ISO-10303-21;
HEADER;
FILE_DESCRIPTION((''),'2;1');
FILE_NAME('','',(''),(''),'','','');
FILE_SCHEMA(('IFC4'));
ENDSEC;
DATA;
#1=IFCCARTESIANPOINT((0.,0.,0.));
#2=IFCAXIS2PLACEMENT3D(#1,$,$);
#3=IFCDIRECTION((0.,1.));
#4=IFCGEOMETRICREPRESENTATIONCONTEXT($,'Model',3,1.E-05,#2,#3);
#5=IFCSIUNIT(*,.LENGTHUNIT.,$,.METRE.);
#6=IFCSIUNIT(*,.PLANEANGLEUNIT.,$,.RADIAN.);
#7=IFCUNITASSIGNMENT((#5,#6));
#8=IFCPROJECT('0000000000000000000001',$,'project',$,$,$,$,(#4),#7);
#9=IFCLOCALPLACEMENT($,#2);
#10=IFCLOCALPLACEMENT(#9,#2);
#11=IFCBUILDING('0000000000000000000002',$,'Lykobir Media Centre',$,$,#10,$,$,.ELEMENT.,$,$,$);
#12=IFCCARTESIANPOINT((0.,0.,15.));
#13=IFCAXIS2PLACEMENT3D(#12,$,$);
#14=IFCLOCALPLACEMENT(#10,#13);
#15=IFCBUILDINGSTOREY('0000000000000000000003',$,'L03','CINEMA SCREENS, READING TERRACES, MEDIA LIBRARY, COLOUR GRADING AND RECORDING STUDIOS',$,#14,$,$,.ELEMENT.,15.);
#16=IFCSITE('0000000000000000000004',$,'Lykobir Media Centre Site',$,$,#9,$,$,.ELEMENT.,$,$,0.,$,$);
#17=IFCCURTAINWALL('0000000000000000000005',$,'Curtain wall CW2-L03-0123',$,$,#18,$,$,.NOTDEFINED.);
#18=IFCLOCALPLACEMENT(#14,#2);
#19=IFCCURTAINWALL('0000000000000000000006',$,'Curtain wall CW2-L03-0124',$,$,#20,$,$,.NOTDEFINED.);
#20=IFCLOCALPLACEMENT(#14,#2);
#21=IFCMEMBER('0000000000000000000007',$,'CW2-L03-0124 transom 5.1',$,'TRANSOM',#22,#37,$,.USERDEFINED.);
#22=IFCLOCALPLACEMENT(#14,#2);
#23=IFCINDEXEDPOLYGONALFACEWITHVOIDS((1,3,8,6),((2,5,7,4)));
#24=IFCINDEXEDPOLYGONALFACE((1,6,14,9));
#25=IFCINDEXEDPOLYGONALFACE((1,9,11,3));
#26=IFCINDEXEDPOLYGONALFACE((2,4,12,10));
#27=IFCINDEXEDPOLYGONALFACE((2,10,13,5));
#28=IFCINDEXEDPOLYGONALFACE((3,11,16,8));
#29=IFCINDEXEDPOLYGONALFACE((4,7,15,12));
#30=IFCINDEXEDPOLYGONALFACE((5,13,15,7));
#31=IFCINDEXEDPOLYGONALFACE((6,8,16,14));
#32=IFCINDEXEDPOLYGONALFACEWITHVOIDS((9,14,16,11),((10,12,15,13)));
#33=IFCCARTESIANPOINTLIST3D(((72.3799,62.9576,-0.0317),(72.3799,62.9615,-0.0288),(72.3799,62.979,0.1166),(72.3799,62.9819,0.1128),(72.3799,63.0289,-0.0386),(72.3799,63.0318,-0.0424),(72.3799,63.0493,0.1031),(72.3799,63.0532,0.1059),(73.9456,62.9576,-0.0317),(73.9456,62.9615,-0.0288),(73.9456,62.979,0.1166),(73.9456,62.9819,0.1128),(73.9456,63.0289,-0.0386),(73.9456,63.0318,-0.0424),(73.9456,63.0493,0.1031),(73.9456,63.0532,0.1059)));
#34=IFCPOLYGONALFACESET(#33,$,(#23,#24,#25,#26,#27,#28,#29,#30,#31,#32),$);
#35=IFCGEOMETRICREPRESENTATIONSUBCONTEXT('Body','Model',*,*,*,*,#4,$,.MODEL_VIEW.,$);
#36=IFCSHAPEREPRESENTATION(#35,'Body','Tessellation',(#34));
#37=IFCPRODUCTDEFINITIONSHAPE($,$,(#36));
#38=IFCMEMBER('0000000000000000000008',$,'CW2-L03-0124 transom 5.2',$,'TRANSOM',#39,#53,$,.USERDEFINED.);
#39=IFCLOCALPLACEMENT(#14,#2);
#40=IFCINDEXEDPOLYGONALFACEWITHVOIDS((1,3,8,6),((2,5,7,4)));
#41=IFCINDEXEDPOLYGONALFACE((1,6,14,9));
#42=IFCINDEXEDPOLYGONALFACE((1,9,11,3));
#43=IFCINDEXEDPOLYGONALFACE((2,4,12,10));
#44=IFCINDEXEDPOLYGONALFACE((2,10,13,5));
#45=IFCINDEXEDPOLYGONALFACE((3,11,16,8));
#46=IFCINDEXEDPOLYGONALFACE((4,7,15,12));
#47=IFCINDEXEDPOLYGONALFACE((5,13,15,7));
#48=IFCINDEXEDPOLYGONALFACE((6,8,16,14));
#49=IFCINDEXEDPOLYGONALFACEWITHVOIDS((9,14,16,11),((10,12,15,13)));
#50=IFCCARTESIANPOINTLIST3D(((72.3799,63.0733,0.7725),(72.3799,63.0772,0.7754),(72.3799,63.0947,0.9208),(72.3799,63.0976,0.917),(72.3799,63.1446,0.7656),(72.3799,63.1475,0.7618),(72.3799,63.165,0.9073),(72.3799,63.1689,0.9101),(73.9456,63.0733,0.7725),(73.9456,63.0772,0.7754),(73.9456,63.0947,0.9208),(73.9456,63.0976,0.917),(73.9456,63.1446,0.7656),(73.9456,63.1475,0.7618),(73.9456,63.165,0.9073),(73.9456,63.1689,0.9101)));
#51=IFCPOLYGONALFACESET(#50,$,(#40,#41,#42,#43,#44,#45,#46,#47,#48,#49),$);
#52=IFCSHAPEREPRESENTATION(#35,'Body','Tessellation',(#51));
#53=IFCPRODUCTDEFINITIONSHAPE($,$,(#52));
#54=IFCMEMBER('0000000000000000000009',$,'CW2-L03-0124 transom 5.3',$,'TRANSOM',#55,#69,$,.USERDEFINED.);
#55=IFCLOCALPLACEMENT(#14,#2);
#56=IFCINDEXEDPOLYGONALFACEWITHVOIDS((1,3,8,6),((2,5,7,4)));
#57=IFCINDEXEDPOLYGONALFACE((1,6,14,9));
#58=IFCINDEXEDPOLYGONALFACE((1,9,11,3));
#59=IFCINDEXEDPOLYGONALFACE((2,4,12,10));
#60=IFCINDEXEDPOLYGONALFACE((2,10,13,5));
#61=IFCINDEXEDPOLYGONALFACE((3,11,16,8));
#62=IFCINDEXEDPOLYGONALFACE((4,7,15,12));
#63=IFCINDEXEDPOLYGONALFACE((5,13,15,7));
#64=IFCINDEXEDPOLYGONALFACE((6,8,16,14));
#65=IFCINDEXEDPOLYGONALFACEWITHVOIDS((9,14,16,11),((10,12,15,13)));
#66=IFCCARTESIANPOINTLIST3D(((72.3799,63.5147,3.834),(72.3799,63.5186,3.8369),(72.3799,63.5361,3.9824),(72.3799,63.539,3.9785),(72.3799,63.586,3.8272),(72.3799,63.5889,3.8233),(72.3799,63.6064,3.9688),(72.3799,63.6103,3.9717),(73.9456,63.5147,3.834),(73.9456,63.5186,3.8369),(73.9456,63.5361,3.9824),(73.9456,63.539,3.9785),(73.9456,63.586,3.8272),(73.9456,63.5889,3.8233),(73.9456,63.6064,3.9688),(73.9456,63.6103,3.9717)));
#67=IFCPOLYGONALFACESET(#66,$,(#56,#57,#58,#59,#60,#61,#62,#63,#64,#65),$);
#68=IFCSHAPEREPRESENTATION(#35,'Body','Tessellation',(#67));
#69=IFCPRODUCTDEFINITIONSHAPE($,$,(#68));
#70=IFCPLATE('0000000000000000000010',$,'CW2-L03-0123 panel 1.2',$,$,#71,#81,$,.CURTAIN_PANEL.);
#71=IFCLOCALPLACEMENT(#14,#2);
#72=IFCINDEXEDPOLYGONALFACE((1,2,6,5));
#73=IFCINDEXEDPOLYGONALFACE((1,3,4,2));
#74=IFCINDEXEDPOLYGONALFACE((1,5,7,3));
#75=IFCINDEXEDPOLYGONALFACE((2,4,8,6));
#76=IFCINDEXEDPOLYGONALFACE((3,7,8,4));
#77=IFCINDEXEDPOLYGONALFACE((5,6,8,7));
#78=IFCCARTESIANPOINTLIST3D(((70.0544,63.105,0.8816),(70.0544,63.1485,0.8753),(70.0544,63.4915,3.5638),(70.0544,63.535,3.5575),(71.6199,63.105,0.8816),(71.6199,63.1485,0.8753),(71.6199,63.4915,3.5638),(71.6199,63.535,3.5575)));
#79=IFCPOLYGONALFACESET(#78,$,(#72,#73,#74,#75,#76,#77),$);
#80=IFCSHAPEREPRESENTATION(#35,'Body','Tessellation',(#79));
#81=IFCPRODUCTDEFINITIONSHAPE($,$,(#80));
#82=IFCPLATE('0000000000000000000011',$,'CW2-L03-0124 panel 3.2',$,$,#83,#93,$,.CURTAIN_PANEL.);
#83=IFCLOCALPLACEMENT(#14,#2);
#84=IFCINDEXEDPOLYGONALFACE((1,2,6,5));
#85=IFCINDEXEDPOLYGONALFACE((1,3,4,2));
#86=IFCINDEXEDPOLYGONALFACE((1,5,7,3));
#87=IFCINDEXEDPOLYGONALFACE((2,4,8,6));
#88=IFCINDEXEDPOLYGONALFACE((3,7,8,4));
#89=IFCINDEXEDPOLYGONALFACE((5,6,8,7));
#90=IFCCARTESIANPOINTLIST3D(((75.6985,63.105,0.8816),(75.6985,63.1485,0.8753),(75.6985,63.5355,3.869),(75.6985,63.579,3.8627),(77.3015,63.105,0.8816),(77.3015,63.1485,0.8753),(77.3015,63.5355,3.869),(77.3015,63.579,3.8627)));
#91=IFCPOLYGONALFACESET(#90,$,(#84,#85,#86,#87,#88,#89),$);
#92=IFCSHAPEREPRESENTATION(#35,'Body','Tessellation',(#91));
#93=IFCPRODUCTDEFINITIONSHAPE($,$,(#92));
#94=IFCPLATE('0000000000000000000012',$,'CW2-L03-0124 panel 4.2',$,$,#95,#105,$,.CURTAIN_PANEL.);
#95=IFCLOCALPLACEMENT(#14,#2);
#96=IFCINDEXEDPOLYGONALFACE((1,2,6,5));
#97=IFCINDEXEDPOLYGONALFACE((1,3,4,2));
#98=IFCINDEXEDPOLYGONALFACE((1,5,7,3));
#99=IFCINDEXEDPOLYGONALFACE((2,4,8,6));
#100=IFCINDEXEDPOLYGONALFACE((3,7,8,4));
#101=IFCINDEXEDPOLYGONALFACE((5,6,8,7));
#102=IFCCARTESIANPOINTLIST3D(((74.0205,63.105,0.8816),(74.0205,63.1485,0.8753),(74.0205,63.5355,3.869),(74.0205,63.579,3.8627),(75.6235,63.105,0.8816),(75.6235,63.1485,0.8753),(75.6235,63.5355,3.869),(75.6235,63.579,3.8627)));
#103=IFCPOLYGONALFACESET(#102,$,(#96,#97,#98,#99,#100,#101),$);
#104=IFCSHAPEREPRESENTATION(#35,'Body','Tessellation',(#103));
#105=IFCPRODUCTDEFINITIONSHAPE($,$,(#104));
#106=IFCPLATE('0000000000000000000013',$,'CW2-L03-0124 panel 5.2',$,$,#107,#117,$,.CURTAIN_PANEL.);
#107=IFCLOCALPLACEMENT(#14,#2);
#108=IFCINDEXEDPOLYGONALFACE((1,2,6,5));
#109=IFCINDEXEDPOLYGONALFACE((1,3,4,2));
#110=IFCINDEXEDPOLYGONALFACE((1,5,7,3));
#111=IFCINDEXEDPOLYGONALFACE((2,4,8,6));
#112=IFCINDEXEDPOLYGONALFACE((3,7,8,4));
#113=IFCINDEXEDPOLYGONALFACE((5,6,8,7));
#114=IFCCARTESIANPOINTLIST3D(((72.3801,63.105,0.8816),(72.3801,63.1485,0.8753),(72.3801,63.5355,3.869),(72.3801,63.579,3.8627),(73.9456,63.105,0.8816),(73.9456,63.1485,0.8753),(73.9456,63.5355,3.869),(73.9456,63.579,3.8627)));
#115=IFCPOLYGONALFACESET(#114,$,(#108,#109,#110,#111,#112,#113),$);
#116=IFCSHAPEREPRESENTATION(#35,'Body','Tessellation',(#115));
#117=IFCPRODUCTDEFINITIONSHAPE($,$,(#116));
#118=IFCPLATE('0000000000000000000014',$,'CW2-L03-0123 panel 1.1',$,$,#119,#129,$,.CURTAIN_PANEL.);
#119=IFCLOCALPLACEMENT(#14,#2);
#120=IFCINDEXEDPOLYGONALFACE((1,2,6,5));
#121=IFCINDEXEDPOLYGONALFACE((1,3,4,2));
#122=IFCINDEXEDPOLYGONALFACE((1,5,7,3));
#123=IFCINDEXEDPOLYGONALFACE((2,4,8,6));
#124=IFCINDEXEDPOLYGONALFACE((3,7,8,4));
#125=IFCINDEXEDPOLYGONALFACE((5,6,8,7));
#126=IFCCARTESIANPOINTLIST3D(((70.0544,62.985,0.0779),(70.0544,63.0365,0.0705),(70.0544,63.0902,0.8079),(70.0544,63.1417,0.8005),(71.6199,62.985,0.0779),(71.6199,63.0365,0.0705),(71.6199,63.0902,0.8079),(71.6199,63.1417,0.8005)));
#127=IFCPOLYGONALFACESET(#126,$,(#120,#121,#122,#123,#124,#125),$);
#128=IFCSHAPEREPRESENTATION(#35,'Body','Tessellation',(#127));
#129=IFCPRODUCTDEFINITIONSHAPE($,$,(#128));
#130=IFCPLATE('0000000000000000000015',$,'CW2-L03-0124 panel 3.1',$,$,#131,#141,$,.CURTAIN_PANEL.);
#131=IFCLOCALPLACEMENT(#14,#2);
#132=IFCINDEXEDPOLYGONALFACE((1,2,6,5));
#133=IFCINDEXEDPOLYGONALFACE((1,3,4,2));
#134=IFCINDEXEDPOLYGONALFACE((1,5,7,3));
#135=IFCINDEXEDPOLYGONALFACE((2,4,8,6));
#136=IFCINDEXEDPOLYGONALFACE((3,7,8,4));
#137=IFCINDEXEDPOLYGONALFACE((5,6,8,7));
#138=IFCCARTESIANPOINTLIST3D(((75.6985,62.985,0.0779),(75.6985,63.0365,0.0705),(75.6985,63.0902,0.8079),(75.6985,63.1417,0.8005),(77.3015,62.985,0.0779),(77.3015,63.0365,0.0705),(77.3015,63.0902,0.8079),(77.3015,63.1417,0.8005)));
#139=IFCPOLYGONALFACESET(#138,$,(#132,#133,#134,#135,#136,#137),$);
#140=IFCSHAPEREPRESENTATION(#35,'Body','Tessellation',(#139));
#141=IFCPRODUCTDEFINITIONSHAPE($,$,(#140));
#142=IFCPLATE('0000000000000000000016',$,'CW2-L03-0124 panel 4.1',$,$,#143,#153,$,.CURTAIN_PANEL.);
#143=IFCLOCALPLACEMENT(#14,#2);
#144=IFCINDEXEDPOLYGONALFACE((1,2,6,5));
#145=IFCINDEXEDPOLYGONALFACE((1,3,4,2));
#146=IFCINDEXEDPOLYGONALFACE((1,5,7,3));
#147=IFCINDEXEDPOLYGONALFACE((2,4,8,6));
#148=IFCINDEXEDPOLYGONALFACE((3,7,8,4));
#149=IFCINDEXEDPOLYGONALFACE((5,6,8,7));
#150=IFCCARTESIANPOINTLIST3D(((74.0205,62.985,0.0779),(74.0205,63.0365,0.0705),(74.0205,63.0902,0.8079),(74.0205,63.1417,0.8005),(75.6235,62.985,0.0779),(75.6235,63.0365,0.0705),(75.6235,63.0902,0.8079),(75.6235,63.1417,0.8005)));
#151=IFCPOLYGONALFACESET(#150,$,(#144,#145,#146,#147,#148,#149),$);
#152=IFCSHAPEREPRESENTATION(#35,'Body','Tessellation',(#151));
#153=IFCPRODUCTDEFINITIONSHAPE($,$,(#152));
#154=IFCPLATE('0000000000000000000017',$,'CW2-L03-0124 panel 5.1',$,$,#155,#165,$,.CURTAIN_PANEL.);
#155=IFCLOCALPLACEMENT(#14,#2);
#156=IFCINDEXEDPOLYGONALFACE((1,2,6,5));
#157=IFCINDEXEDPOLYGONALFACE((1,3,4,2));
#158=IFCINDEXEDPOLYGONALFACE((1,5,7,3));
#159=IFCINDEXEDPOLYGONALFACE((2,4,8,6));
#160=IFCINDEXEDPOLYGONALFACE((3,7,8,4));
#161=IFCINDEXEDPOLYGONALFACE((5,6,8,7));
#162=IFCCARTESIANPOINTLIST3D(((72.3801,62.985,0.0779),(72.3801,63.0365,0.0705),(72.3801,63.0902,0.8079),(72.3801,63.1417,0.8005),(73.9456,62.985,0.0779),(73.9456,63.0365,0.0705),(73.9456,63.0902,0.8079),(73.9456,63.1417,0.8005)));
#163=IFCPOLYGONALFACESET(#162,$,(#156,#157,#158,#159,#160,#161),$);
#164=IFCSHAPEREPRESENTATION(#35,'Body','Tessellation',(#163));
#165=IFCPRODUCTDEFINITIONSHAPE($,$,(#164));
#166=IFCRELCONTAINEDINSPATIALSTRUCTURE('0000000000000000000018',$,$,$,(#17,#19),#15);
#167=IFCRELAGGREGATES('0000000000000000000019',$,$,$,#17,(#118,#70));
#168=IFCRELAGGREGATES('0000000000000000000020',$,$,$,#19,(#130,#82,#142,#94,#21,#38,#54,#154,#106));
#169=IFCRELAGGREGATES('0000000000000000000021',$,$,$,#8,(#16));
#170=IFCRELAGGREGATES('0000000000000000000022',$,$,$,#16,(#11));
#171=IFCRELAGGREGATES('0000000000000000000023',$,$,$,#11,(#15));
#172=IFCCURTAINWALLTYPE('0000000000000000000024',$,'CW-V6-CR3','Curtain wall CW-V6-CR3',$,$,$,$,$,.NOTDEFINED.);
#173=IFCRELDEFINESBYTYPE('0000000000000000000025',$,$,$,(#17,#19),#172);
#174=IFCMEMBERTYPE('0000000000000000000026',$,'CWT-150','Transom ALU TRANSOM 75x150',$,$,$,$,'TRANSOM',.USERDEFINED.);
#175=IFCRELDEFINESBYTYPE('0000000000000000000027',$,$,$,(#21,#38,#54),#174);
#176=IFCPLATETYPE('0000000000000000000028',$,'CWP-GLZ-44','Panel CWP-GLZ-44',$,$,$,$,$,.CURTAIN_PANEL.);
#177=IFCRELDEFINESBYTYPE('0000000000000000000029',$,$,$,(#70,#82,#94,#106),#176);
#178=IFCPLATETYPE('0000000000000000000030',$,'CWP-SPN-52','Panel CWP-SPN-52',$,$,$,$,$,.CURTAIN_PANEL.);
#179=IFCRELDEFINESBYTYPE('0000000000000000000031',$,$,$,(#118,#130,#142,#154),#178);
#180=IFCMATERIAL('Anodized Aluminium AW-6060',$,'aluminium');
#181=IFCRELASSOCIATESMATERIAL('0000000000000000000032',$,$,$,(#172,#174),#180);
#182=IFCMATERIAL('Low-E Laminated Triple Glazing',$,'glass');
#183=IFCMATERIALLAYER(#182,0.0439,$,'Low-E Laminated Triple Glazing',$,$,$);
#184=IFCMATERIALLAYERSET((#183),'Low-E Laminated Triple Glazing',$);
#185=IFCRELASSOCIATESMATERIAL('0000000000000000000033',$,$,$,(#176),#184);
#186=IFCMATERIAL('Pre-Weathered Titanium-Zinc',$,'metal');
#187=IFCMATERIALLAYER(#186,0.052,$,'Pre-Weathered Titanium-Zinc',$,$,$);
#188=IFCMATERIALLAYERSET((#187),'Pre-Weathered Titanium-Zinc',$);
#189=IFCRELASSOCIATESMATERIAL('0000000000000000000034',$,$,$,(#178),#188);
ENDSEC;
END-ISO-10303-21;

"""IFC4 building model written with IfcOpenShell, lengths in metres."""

from ifc_helpers import new_model, si_unit, direction, frame, origin, origin_2d, place, context, subcontext, project, spatial, rectangle, hollow_rectangle, extrude, material, layer, layer_set, material_profile, profile_set, type_object, element, aggregate, save


model = new_model("IFC4")

# Units and contexts
model_context = context("Model", 3, precision=1e-05, world=origin(), true_north=direction((0.0, 1.0)))
body_context = subcontext(model_context, "Body", "Model", "MODEL_VIEW")
ifc_project = project(units=[si_unit("LENGTHUNIT", "METRE"), si_unit("PLANEANGLEUNIT", "RADIAN")], contexts=[model_context])

# Site, building, storey
site_placement = place(None, origin())
site = spatial("IfcSite", under=ifc_project, at=site_placement, Name="Lykobir Media Centre Site", CompositionType="ELEMENT", RefElevation=0.0)
building_placement = place(site_placement, origin())
building = spatial("IfcBuilding", under=site, at=building_placement, Name="Lykobir Media Centre", CompositionType="ELEMENT")
storey_placement = place(building_placement, frame((0.0, 0.0, 15.0)))
storey = spatial("IfcBuildingStorey", under=building, at=storey_placement, Name="L03", Description="CINEMA SCREENS, READING TERRACES, MEDIA LIBRARY, COLOUR GRADING AND RECORDING STUDIOS", CompositionType="ELEMENT", Elevation=15.0)

# Curtain wall
ifc_material_1 = material(Name="Anodized Aluminium AW-6060", Category="aluminium")
curtain_wall_type = type_object("IfcCurtainWallType", Name="CW-V6-CR3", Description="Curtain wall CW-V6-CR3", PredefinedType="NOTDEFINED", material=ifc_material_1)
curtain_wall_1_placement = place(storey_placement, origin())
curtain_wall_1 = element("IfcCurtainWall", 1, at=curtain_wall_1_placement, inside=storey, type_object=curtain_wall_type, Name="Curtain wall CW2-L03-0123", PredefinedType="NOTDEFINED")

# Curtain wall
curtain_wall_2_placement = place(storey_placement, origin())
curtain_wall_2 = element("IfcCurtainWall", 2, at=curtain_wall_2_placement, inside=storey, type_object=curtain_wall_type, Name="Curtain wall CW2-L03-0124", PredefinedType="NOTDEFINED")

# Members
ifc_material_profile_1 = material_profile(ifc_material_1, hollow_rectangle(XDim=0.075, YDim=0.1499, WallThickness=0.0034, at=origin_2d()), Name="ALU TRANSOM 75x150")
ifc_profile_set_1 = profile_set([ifc_material_profile_1], Name="Anodized Aluminium AW-6060")
member_type_1 = type_object("IfcMemberType", Name="CWT-150", Description="Transom ALU TRANSOM 75x150", ElementType="TRANSOM", PredefinedType="USERDEFINED", material=ifc_profile_set_1)
member_1_placement = place(storey_placement, frame((73.9456, 63.0054, 0.0371), z_axis=(-1.0, 0.0, 0.0), x_axis=(0.0, -0.989776, 0.142629)))
member_1 = element("IfcMember", 3, at=member_1_placement, type_object=member_type_1, Name="CW2-L03-0124 transom 5.1", ObjectType="TRANSOM", PredefinedType="USERDEFINED", context=body_context, shape_type="SweptSolid", body=[
    extrude(hollow_rectangle(XDim=0.075, YDim=0.1499, WallThickness=0.0034, at=origin_2d()), origin(), (0.0, 0.0, 1.0), 1.5657),
])
member_2_placement = place(storey_placement, frame((73.9456, 63.1211, 0.8413), z_axis=(-1.0, 0.0, 0.0), x_axis=(0.0, -0.989776, 0.142629)))
member_2 = element("IfcMember", 4, at=member_2_placement, type_object=member_type_1, Name="CW2-L03-0124 transom 5.2", ObjectType="TRANSOM", PredefinedType="USERDEFINED", context=body_context, shape_type="SweptSolid", body=[
    extrude(hollow_rectangle(XDim=0.075, YDim=0.1499, WallThickness=0.0034, at=origin_2d()), origin(), (0.0, 0.0, 1.0), 1.5657),
])
member_3_placement = place(storey_placement, frame((73.9456, 63.5625, 3.9028), z_axis=(-1.0, 0.0, 0.0), x_axis=(0.0, -0.989776, 0.142629)))
member_3 = element("IfcMember", 5, at=member_3_placement, type_object=member_type_1, Name="CW2-L03-0124 transom 5.3", ObjectType="TRANSOM", PredefinedType="USERDEFINED", context=body_context, shape_type="SweptSolid", body=[
    extrude(hollow_rectangle(XDim=0.075, YDim=0.1499, WallThickness=0.0034, at=origin_2d()), origin(), (0.0, 0.0, 1.0), 1.5657),
])

# Plates
ifc_material_2 = material(Name="Low-E Laminated Triple Glazing", Category="glass")
ifc_layer_1 = layer(ifc_material_2, 0.0439, Name="Low-E Laminated Triple Glazing")
ifc_layer_set_1 = layer_set([ifc_layer_1], Name="Low-E Laminated Triple Glazing")
plate_type_1 = type_object("IfcPlateType", Name="CWP-GLZ-44", Description="Panel CWP-GLZ-44", PredefinedType="CURTAIN_PANEL", material=ifc_layer_set_1)
plate_1_placement = place(storey_placement, frame((70.8372, 63.1267, 0.8784), z_axis=(0.0, 0.142629, 0.989776), x_axis=(-1.0, 0.0, 0.0)))
plate_1 = element("IfcPlate", 6, at=plate_1_placement, type_object=plate_type_1, Name="CW2-L03-0123 panel 1.2", PredefinedType="CURTAIN_PANEL", context=body_context, shape_type="SweptSolid", body=[
    extrude(rectangle(XDim=1.5654, YDim=0.0439, at=origin_2d()), origin(), (0.0, 0.0, 1.0), 2.71),
])
plate_2_placement = place(storey_placement, frame((76.5, 63.1267, 0.8784), z_axis=(0.0, 0.142629, 0.989776), x_axis=(-1.0, 0.0, 0.0)))
plate_2 = element("IfcPlate", 7, at=plate_2_placement, type_object=plate_type_1, Name="CW2-L03-0124 panel 3.2", PredefinedType="CURTAIN_PANEL", context=body_context, shape_type="SweptSolid", body=[
    extrude(rectangle(XDim=1.603, YDim=0.0439, at=origin_2d()), origin(), (0.0, 0.0, 1.0), 3.0183),
])
plate_3_placement = place(storey_placement, frame((74.822, 63.1267, 0.8784), z_axis=(0.0, 0.142629, 0.989776), x_axis=(-1.0, 0.0, 0.0)))
plate_3 = element("IfcPlate", 8, at=plate_3_placement, type_object=plate_type_1, Name="CW2-L03-0124 panel 4.2", PredefinedType="CURTAIN_PANEL", context=body_context, shape_type="SweptSolid", body=[
    extrude(rectangle(XDim=1.603, YDim=0.0439, at=origin_2d()), origin(), (0.0, 0.0, 1.0), 3.0183),
])
plate_4_placement = place(storey_placement, frame((73.1628, 63.1267, 0.8784), z_axis=(0.0, 0.142629, 0.989776), x_axis=(-1.0, 0.0, 0.0)))
plate_4 = element("IfcPlate", 9, at=plate_4_placement, type_object=plate_type_1, Name="CW2-L03-0124 panel 5.2", PredefinedType="CURTAIN_PANEL", context=body_context, shape_type="SweptSolid", body=[
    extrude(rectangle(XDim=1.5654, YDim=0.0439, at=origin_2d()), origin(), (0.0, 0.0, 1.0), 3.0183),
])
ifc_material_3 = material(Name="Pre-Weathered Titanium-Zinc", Category="metal")
ifc_layer_2 = layer(ifc_material_3, 0.052, Name="Pre-Weathered Titanium-Zinc")
ifc_layer_set_2 = layer_set([ifc_layer_2], Name="Pre-Weathered Titanium-Zinc")
plate_type_2 = type_object("IfcPlateType", Name="CWP-SPN-52", Description="Panel CWP-SPN-52", PredefinedType="CURTAIN_PANEL", material=ifc_layer_set_2)
plate_5_placement = place(storey_placement, frame((70.8372, 63.0107, 0.0742), z_axis=(0.0, 0.142629, 0.989776), x_axis=(-1.0, 0.0, 0.0)))
plate_5 = element("IfcPlate", 10, at=plate_5_placement, type_object=plate_type_2, Name="CW2-L03-0123 panel 1.1", PredefinedType="CURTAIN_PANEL", context=body_context, shape_type="SweptSolid", body=[
    extrude(rectangle(XDim=1.5654, YDim=0.052, at=origin_2d()), origin(), (0.0, 0.0, 1.0), 0.7375),
])
aggregate(curtain_wall_1, [plate_5, plate_1])
plate_6_placement = place(storey_placement, frame((76.5, 63.0107, 0.0742), z_axis=(0.0, 0.142629, 0.989776), x_axis=(-1.0, 0.0, 0.0)))
plate_6 = element("IfcPlate", 11, at=plate_6_placement, type_object=plate_type_2, Name="CW2-L03-0124 panel 3.1", PredefinedType="CURTAIN_PANEL", context=body_context, shape_type="SweptSolid", body=[
    extrude(rectangle(XDim=1.603, YDim=0.052, at=origin_2d()), origin(), (0.0, 0.0, 1.0), 0.7375),
])
plate_7_placement = place(storey_placement, frame((74.822, 63.0107, 0.0742), z_axis=(0.0, 0.142629, 0.989776), x_axis=(-1.0, 0.0, 0.0)))
plate_7 = element("IfcPlate", 12, at=plate_7_placement, type_object=plate_type_2, Name="CW2-L03-0124 panel 4.1", PredefinedType="CURTAIN_PANEL", context=body_context, shape_type="SweptSolid", body=[
    extrude(rectangle(XDim=1.603, YDim=0.052, at=origin_2d()), origin(), (0.0, 0.0, 1.0), 0.7375),
])
plate_8_placement = place(storey_placement, frame((73.1628, 63.0107, 0.0742), z_axis=(0.0, 0.142629, 0.989776), x_axis=(-1.0, 0.0, 0.0)))
plate_8 = element("IfcPlate", 13, at=plate_8_placement, type_object=plate_type_2, Name="CW2-L03-0124 panel 5.1", PredefinedType="CURTAIN_PANEL", context=body_context, shape_type="SweptSolid", body=[
    extrude(rectangle(XDim=1.5654, YDim=0.052, at=origin_2d()), origin(), (0.0, 0.0, 1.0), 0.7375),
])
aggregate(curtain_wall_2, [plate_6, plate_2, plate_7, plate_3, member_1, member_2, member_3, plate_8, plate_4])

save(model, "model.ifc")
